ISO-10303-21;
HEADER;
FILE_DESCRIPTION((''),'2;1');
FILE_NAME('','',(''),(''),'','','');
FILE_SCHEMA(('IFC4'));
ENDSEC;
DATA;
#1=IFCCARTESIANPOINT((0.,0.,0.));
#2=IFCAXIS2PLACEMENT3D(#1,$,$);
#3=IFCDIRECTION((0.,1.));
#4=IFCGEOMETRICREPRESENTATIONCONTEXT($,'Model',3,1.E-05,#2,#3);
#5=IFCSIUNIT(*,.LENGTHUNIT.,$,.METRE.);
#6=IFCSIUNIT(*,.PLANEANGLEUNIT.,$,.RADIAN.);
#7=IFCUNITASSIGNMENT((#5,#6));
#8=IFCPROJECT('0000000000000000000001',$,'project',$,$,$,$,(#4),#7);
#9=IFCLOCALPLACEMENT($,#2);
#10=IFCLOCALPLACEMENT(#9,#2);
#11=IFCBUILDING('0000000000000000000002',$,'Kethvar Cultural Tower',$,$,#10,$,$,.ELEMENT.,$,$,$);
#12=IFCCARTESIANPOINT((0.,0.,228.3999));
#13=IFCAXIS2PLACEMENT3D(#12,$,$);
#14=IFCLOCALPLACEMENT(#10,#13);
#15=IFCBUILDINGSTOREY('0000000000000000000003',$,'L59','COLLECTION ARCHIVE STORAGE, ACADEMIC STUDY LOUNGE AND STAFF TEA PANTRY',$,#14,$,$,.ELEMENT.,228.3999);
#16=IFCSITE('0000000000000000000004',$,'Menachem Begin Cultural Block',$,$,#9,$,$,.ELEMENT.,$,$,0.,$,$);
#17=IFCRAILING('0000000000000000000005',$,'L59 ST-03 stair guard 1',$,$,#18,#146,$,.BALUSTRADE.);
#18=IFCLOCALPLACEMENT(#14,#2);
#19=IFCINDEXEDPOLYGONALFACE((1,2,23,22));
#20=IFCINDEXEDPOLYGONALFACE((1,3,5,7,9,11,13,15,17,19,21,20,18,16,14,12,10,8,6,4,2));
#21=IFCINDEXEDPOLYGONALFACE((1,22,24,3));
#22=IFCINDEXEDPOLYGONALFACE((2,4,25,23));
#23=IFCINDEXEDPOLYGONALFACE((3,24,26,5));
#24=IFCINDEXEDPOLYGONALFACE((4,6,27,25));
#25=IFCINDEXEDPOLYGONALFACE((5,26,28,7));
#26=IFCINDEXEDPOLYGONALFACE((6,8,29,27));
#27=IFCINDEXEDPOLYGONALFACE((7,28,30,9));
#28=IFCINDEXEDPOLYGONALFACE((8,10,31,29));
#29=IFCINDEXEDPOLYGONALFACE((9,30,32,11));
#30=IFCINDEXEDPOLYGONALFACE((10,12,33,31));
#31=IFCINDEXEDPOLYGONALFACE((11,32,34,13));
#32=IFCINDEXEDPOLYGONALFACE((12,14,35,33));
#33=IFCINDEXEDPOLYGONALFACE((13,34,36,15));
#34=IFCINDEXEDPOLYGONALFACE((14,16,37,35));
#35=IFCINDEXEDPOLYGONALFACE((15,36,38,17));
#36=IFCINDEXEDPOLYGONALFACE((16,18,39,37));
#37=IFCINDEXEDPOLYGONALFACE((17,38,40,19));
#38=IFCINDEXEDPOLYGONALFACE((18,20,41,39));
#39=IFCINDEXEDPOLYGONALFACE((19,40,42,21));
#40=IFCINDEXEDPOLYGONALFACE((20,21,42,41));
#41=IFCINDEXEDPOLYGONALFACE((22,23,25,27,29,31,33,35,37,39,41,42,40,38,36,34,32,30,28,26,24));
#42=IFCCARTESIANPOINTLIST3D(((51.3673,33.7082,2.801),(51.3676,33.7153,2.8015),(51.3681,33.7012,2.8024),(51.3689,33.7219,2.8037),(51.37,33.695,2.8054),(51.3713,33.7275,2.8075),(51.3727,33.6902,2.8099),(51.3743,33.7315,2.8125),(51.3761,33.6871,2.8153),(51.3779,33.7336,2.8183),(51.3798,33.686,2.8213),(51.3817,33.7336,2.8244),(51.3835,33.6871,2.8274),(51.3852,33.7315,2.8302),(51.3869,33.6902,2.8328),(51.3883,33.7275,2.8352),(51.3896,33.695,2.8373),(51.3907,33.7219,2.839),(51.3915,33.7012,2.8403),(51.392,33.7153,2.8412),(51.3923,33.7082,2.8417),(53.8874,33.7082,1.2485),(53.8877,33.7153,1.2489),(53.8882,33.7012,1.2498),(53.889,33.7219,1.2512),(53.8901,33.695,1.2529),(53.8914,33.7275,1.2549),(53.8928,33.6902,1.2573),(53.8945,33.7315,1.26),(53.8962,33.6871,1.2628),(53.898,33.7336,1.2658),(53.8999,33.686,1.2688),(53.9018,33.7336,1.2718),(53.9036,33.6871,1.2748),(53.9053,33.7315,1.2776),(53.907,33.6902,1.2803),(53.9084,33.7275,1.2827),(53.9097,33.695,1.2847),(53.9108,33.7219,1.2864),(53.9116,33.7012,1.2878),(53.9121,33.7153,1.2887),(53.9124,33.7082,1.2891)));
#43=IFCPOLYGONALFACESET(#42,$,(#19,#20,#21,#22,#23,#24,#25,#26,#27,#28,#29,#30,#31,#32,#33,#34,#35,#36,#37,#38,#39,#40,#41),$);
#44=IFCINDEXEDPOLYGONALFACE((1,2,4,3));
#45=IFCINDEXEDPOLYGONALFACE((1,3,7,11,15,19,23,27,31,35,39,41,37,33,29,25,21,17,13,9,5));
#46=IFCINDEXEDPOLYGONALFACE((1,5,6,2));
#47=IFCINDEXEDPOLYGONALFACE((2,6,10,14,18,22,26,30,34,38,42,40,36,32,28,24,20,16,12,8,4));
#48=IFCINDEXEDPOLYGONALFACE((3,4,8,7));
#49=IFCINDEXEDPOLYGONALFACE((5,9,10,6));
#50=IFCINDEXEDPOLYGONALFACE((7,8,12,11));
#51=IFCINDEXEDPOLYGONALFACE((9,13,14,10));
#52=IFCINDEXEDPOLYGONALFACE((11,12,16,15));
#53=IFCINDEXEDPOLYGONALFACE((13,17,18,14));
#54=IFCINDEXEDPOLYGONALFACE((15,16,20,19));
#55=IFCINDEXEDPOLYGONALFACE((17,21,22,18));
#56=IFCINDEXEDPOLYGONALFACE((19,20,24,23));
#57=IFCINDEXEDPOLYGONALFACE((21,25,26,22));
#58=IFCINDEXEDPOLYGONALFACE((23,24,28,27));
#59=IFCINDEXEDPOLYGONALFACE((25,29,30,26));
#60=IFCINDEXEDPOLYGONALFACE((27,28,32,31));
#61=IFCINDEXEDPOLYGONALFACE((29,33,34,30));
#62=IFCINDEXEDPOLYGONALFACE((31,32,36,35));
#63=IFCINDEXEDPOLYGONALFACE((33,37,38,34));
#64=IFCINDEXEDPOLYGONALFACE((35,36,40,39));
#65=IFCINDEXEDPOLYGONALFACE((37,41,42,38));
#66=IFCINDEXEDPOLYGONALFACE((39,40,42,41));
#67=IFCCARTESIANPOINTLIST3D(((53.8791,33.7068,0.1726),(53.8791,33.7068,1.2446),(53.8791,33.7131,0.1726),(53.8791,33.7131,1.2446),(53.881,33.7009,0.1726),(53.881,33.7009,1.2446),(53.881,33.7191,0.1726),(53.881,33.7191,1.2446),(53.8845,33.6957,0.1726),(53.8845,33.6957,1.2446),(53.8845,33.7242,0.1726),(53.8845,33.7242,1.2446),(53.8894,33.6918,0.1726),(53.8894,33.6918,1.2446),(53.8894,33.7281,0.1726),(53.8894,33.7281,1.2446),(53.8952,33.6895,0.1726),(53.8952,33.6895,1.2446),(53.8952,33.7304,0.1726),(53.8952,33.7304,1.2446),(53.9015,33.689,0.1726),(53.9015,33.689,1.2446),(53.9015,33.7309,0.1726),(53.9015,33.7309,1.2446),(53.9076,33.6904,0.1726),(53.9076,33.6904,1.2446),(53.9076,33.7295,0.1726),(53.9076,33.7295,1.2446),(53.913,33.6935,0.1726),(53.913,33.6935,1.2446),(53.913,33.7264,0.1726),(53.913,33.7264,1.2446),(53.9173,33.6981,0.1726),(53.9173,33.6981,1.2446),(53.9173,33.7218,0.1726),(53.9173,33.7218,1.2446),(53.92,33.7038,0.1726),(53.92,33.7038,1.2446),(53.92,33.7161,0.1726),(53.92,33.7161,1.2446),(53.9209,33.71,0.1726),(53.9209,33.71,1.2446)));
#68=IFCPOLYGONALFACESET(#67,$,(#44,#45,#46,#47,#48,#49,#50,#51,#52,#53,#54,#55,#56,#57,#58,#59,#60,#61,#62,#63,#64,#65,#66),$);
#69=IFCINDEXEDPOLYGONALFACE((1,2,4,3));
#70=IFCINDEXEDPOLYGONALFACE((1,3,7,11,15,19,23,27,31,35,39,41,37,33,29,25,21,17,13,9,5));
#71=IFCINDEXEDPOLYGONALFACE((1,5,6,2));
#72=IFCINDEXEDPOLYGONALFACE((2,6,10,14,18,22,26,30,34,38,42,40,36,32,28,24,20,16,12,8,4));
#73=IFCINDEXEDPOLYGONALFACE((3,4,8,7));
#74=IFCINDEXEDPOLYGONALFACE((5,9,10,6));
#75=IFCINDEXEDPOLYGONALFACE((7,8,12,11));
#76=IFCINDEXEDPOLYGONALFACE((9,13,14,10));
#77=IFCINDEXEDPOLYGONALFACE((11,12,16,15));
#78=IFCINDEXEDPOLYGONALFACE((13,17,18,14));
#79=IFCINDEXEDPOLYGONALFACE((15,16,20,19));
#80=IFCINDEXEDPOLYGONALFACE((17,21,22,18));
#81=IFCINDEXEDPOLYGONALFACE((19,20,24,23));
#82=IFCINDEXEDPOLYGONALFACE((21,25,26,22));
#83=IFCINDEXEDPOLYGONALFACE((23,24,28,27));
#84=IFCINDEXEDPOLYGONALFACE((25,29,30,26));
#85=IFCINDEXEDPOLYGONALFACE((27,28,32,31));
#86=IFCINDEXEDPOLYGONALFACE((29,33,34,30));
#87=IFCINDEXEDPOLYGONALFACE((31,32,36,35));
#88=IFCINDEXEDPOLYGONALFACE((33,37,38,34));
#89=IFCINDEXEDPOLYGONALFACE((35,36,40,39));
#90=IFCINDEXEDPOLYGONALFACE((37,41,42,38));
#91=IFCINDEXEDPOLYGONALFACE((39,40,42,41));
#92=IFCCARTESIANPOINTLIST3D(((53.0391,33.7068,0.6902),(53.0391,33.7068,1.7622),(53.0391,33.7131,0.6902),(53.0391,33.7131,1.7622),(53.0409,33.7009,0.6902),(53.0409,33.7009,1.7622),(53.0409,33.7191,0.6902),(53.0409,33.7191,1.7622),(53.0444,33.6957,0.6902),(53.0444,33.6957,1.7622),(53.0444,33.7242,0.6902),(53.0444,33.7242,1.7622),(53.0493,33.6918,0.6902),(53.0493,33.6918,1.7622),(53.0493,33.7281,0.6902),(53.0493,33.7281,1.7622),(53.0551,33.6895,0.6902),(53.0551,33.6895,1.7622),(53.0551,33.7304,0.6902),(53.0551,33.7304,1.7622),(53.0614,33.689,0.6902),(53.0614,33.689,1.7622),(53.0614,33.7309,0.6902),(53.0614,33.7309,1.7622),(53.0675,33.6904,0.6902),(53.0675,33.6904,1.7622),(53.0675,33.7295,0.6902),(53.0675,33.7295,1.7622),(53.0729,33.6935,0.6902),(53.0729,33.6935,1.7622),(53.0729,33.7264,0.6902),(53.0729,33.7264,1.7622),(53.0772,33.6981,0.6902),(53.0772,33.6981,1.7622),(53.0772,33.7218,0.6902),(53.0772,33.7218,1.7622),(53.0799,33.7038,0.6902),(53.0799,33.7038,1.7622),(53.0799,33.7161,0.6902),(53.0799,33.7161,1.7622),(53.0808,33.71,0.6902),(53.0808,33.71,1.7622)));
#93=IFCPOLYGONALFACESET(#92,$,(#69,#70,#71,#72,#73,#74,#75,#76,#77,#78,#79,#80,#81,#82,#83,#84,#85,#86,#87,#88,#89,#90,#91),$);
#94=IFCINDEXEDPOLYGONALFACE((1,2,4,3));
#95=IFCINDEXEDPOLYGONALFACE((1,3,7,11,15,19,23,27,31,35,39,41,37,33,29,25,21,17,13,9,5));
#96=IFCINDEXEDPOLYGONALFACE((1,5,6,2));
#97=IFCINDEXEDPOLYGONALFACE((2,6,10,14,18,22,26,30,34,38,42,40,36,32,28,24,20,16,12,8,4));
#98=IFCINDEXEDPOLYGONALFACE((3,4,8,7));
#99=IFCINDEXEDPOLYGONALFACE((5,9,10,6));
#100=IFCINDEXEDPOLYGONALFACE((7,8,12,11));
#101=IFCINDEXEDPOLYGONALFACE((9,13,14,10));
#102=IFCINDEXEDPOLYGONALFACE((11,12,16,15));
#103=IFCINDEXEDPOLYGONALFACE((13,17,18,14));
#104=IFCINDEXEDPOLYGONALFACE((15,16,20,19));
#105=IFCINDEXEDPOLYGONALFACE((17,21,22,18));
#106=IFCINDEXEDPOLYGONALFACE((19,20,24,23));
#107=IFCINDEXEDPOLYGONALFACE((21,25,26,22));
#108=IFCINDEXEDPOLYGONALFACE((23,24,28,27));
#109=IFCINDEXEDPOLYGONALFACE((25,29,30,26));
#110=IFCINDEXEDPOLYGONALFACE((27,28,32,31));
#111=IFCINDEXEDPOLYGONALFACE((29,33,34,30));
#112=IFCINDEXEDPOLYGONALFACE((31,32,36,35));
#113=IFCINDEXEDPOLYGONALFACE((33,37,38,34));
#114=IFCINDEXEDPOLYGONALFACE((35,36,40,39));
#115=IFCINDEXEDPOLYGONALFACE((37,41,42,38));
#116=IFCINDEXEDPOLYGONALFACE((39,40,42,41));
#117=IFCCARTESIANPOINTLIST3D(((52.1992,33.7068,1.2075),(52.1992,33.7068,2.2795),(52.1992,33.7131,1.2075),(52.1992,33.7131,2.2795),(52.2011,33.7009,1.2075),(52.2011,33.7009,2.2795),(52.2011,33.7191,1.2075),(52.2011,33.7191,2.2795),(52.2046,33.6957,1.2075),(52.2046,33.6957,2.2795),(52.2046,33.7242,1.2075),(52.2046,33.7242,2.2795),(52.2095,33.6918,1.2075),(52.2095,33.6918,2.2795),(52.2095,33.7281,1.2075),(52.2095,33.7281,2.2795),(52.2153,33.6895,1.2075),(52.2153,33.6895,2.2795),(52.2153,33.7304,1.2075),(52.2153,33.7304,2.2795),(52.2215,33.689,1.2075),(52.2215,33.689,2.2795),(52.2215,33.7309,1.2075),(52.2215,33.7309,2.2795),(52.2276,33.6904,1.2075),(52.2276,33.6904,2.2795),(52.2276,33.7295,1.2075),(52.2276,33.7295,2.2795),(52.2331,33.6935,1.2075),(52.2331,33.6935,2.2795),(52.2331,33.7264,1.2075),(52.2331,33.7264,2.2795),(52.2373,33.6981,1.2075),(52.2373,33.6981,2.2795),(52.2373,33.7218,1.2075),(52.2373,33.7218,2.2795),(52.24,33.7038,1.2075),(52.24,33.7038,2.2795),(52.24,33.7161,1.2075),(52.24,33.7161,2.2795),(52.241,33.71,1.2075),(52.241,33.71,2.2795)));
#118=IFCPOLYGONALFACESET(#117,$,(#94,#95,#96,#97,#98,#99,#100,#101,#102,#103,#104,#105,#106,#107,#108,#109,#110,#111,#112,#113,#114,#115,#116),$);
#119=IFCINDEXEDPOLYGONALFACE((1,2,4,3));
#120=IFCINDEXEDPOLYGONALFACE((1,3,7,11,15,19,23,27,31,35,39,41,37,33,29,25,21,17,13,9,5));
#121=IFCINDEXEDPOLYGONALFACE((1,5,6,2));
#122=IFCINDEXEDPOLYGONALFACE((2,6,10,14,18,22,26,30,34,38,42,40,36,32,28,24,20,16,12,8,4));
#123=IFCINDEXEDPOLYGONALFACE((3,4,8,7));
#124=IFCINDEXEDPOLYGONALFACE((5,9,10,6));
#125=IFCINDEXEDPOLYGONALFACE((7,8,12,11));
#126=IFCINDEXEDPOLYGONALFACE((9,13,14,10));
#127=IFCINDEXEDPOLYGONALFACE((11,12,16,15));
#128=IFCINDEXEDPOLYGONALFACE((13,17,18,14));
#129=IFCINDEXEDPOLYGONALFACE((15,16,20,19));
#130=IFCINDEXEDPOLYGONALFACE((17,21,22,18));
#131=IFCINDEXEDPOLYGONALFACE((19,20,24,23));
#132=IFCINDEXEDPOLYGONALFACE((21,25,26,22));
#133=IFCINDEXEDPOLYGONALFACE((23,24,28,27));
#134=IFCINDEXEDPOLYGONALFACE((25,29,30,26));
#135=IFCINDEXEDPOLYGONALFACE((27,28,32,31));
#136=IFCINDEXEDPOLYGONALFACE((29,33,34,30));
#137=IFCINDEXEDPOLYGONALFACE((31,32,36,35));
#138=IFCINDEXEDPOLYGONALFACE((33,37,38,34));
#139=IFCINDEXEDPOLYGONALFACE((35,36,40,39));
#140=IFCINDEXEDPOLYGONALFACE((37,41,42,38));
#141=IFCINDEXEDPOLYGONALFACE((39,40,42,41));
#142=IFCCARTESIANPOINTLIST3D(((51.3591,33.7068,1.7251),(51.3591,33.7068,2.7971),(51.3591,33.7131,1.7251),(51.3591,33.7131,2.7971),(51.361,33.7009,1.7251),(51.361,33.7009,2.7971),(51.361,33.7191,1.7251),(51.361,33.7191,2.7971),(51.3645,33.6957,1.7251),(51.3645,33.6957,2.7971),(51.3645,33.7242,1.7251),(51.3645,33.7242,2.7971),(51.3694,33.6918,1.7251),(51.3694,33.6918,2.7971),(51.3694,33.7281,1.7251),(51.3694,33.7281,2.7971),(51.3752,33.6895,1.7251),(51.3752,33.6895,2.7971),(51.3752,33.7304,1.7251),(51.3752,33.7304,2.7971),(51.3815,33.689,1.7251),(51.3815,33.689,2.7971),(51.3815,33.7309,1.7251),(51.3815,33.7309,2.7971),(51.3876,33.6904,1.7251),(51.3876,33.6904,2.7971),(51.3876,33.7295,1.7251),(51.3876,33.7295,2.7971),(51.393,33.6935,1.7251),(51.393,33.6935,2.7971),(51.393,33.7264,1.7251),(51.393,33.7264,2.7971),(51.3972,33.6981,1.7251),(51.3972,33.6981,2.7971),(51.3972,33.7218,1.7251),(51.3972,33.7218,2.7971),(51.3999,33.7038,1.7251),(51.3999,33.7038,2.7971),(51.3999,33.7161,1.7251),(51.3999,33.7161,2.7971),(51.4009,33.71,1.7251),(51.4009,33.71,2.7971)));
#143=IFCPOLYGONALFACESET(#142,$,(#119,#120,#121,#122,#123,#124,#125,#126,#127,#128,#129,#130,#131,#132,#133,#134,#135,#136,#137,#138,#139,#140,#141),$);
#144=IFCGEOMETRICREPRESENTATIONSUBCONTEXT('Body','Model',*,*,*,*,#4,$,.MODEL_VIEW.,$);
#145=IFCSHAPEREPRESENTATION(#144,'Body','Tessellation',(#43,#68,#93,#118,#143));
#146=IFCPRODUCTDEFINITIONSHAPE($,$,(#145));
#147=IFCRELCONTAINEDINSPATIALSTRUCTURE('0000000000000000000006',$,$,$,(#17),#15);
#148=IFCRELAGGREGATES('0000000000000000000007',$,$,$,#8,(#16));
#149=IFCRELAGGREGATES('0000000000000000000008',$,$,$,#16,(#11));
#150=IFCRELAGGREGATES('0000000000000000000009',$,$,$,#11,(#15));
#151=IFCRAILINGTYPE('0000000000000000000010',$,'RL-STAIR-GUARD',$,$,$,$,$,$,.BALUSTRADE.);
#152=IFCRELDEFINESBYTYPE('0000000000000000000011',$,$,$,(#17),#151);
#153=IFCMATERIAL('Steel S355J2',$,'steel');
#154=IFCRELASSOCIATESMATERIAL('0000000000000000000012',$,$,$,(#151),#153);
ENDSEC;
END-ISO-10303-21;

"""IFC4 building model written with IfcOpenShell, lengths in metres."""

from ifc_helpers import new_model, si_unit, direction, frame, origin, origin_2d, place, context, subcontext, project, spatial, circle, extrude, material, type_object, element, save


model = new_model("IFC4")

# Units and contexts
model_context = context("Model", 3, precision=1e-05, world=origin(), true_north=direction((0.0, 1.0)))
body_context = subcontext(model_context, "Body", "Model", "MODEL_VIEW")
ifc_project = project(units=[si_unit("LENGTHUNIT", "METRE"), si_unit("PLANEANGLEUNIT", "RADIAN")], contexts=[model_context])

# Site, building, storey
site_placement = place(None, origin())
site = spatial("IfcSite", under=ifc_project, at=site_placement, Name="Menachem Begin Cultural Block", CompositionType="ELEMENT", RefElevation=0.0)
building_placement = place(site_placement, origin())
building = spatial("IfcBuilding", under=site, at=building_placement, Name="Kethvar Cultural Tower", CompositionType="ELEMENT")
storey_placement = place(building_placement, frame((0.0, 0.0, 228.3999)))
storey = spatial("IfcBuildingStorey", under=building, at=storey_placement, Name="L59", Description="COLLECTION ARCHIVE STORAGE, ACADEMIC STUDY LOUNGE AND STAFF TEA PANTRY", CompositionType="ELEMENT", Elevation=228.3999)

# Shared definitions
ifc_material_1 = material(Name="Steel S355J2", Category="steel")

# Railing
railing_type_1 = type_object("IfcRailingType", Name="RL-STAIR-GUARD", PredefinedType="BALUSTRADE", material=ifc_material_1)
railing_1_placement = place(storey_placement, frame((53.8999, 33.71, 0.1726)))
element("IfcRailing", 1, at=railing_1_placement, inside=storey, type_object=railing_type_1, Name="L59 ST-03 stair guard 1", PredefinedType="BALUSTRADE", context=body_context, shape_type="SweptSolid", body=[
    extrude(circle(Radius=0.0239, at=origin_2d()), frame((0.0, 0.0, 1.0962), z_axis=(-0.8514, 0.0, 0.524516), x_axis=(0.0, -1.0, 0.0)), (0.0, 0.0, 1.0), 2.96),
    extrude(circle(Radius=0.021, at=origin_2d()), origin(), (0.0, 0.0, 1.0), 1.072),
    extrude(circle(Radius=0.021, at=origin_2d()), frame((-0.8401, 0.0, 0.5176)), (0.0, 0.0, 1.0), 1.072),
    extrude(circle(Radius=0.021, at=origin_2d()), frame((-1.6799, 0.0, 1.0349)), (0.0, 0.0, 1.0), 1.072),
    extrude(circle(Radius=0.021, at=origin_2d()), frame((-2.52, 0.0, 1.5525)), (0.0, 0.0, 1.0), 1.072),
])

save(model, "model.ifc")
